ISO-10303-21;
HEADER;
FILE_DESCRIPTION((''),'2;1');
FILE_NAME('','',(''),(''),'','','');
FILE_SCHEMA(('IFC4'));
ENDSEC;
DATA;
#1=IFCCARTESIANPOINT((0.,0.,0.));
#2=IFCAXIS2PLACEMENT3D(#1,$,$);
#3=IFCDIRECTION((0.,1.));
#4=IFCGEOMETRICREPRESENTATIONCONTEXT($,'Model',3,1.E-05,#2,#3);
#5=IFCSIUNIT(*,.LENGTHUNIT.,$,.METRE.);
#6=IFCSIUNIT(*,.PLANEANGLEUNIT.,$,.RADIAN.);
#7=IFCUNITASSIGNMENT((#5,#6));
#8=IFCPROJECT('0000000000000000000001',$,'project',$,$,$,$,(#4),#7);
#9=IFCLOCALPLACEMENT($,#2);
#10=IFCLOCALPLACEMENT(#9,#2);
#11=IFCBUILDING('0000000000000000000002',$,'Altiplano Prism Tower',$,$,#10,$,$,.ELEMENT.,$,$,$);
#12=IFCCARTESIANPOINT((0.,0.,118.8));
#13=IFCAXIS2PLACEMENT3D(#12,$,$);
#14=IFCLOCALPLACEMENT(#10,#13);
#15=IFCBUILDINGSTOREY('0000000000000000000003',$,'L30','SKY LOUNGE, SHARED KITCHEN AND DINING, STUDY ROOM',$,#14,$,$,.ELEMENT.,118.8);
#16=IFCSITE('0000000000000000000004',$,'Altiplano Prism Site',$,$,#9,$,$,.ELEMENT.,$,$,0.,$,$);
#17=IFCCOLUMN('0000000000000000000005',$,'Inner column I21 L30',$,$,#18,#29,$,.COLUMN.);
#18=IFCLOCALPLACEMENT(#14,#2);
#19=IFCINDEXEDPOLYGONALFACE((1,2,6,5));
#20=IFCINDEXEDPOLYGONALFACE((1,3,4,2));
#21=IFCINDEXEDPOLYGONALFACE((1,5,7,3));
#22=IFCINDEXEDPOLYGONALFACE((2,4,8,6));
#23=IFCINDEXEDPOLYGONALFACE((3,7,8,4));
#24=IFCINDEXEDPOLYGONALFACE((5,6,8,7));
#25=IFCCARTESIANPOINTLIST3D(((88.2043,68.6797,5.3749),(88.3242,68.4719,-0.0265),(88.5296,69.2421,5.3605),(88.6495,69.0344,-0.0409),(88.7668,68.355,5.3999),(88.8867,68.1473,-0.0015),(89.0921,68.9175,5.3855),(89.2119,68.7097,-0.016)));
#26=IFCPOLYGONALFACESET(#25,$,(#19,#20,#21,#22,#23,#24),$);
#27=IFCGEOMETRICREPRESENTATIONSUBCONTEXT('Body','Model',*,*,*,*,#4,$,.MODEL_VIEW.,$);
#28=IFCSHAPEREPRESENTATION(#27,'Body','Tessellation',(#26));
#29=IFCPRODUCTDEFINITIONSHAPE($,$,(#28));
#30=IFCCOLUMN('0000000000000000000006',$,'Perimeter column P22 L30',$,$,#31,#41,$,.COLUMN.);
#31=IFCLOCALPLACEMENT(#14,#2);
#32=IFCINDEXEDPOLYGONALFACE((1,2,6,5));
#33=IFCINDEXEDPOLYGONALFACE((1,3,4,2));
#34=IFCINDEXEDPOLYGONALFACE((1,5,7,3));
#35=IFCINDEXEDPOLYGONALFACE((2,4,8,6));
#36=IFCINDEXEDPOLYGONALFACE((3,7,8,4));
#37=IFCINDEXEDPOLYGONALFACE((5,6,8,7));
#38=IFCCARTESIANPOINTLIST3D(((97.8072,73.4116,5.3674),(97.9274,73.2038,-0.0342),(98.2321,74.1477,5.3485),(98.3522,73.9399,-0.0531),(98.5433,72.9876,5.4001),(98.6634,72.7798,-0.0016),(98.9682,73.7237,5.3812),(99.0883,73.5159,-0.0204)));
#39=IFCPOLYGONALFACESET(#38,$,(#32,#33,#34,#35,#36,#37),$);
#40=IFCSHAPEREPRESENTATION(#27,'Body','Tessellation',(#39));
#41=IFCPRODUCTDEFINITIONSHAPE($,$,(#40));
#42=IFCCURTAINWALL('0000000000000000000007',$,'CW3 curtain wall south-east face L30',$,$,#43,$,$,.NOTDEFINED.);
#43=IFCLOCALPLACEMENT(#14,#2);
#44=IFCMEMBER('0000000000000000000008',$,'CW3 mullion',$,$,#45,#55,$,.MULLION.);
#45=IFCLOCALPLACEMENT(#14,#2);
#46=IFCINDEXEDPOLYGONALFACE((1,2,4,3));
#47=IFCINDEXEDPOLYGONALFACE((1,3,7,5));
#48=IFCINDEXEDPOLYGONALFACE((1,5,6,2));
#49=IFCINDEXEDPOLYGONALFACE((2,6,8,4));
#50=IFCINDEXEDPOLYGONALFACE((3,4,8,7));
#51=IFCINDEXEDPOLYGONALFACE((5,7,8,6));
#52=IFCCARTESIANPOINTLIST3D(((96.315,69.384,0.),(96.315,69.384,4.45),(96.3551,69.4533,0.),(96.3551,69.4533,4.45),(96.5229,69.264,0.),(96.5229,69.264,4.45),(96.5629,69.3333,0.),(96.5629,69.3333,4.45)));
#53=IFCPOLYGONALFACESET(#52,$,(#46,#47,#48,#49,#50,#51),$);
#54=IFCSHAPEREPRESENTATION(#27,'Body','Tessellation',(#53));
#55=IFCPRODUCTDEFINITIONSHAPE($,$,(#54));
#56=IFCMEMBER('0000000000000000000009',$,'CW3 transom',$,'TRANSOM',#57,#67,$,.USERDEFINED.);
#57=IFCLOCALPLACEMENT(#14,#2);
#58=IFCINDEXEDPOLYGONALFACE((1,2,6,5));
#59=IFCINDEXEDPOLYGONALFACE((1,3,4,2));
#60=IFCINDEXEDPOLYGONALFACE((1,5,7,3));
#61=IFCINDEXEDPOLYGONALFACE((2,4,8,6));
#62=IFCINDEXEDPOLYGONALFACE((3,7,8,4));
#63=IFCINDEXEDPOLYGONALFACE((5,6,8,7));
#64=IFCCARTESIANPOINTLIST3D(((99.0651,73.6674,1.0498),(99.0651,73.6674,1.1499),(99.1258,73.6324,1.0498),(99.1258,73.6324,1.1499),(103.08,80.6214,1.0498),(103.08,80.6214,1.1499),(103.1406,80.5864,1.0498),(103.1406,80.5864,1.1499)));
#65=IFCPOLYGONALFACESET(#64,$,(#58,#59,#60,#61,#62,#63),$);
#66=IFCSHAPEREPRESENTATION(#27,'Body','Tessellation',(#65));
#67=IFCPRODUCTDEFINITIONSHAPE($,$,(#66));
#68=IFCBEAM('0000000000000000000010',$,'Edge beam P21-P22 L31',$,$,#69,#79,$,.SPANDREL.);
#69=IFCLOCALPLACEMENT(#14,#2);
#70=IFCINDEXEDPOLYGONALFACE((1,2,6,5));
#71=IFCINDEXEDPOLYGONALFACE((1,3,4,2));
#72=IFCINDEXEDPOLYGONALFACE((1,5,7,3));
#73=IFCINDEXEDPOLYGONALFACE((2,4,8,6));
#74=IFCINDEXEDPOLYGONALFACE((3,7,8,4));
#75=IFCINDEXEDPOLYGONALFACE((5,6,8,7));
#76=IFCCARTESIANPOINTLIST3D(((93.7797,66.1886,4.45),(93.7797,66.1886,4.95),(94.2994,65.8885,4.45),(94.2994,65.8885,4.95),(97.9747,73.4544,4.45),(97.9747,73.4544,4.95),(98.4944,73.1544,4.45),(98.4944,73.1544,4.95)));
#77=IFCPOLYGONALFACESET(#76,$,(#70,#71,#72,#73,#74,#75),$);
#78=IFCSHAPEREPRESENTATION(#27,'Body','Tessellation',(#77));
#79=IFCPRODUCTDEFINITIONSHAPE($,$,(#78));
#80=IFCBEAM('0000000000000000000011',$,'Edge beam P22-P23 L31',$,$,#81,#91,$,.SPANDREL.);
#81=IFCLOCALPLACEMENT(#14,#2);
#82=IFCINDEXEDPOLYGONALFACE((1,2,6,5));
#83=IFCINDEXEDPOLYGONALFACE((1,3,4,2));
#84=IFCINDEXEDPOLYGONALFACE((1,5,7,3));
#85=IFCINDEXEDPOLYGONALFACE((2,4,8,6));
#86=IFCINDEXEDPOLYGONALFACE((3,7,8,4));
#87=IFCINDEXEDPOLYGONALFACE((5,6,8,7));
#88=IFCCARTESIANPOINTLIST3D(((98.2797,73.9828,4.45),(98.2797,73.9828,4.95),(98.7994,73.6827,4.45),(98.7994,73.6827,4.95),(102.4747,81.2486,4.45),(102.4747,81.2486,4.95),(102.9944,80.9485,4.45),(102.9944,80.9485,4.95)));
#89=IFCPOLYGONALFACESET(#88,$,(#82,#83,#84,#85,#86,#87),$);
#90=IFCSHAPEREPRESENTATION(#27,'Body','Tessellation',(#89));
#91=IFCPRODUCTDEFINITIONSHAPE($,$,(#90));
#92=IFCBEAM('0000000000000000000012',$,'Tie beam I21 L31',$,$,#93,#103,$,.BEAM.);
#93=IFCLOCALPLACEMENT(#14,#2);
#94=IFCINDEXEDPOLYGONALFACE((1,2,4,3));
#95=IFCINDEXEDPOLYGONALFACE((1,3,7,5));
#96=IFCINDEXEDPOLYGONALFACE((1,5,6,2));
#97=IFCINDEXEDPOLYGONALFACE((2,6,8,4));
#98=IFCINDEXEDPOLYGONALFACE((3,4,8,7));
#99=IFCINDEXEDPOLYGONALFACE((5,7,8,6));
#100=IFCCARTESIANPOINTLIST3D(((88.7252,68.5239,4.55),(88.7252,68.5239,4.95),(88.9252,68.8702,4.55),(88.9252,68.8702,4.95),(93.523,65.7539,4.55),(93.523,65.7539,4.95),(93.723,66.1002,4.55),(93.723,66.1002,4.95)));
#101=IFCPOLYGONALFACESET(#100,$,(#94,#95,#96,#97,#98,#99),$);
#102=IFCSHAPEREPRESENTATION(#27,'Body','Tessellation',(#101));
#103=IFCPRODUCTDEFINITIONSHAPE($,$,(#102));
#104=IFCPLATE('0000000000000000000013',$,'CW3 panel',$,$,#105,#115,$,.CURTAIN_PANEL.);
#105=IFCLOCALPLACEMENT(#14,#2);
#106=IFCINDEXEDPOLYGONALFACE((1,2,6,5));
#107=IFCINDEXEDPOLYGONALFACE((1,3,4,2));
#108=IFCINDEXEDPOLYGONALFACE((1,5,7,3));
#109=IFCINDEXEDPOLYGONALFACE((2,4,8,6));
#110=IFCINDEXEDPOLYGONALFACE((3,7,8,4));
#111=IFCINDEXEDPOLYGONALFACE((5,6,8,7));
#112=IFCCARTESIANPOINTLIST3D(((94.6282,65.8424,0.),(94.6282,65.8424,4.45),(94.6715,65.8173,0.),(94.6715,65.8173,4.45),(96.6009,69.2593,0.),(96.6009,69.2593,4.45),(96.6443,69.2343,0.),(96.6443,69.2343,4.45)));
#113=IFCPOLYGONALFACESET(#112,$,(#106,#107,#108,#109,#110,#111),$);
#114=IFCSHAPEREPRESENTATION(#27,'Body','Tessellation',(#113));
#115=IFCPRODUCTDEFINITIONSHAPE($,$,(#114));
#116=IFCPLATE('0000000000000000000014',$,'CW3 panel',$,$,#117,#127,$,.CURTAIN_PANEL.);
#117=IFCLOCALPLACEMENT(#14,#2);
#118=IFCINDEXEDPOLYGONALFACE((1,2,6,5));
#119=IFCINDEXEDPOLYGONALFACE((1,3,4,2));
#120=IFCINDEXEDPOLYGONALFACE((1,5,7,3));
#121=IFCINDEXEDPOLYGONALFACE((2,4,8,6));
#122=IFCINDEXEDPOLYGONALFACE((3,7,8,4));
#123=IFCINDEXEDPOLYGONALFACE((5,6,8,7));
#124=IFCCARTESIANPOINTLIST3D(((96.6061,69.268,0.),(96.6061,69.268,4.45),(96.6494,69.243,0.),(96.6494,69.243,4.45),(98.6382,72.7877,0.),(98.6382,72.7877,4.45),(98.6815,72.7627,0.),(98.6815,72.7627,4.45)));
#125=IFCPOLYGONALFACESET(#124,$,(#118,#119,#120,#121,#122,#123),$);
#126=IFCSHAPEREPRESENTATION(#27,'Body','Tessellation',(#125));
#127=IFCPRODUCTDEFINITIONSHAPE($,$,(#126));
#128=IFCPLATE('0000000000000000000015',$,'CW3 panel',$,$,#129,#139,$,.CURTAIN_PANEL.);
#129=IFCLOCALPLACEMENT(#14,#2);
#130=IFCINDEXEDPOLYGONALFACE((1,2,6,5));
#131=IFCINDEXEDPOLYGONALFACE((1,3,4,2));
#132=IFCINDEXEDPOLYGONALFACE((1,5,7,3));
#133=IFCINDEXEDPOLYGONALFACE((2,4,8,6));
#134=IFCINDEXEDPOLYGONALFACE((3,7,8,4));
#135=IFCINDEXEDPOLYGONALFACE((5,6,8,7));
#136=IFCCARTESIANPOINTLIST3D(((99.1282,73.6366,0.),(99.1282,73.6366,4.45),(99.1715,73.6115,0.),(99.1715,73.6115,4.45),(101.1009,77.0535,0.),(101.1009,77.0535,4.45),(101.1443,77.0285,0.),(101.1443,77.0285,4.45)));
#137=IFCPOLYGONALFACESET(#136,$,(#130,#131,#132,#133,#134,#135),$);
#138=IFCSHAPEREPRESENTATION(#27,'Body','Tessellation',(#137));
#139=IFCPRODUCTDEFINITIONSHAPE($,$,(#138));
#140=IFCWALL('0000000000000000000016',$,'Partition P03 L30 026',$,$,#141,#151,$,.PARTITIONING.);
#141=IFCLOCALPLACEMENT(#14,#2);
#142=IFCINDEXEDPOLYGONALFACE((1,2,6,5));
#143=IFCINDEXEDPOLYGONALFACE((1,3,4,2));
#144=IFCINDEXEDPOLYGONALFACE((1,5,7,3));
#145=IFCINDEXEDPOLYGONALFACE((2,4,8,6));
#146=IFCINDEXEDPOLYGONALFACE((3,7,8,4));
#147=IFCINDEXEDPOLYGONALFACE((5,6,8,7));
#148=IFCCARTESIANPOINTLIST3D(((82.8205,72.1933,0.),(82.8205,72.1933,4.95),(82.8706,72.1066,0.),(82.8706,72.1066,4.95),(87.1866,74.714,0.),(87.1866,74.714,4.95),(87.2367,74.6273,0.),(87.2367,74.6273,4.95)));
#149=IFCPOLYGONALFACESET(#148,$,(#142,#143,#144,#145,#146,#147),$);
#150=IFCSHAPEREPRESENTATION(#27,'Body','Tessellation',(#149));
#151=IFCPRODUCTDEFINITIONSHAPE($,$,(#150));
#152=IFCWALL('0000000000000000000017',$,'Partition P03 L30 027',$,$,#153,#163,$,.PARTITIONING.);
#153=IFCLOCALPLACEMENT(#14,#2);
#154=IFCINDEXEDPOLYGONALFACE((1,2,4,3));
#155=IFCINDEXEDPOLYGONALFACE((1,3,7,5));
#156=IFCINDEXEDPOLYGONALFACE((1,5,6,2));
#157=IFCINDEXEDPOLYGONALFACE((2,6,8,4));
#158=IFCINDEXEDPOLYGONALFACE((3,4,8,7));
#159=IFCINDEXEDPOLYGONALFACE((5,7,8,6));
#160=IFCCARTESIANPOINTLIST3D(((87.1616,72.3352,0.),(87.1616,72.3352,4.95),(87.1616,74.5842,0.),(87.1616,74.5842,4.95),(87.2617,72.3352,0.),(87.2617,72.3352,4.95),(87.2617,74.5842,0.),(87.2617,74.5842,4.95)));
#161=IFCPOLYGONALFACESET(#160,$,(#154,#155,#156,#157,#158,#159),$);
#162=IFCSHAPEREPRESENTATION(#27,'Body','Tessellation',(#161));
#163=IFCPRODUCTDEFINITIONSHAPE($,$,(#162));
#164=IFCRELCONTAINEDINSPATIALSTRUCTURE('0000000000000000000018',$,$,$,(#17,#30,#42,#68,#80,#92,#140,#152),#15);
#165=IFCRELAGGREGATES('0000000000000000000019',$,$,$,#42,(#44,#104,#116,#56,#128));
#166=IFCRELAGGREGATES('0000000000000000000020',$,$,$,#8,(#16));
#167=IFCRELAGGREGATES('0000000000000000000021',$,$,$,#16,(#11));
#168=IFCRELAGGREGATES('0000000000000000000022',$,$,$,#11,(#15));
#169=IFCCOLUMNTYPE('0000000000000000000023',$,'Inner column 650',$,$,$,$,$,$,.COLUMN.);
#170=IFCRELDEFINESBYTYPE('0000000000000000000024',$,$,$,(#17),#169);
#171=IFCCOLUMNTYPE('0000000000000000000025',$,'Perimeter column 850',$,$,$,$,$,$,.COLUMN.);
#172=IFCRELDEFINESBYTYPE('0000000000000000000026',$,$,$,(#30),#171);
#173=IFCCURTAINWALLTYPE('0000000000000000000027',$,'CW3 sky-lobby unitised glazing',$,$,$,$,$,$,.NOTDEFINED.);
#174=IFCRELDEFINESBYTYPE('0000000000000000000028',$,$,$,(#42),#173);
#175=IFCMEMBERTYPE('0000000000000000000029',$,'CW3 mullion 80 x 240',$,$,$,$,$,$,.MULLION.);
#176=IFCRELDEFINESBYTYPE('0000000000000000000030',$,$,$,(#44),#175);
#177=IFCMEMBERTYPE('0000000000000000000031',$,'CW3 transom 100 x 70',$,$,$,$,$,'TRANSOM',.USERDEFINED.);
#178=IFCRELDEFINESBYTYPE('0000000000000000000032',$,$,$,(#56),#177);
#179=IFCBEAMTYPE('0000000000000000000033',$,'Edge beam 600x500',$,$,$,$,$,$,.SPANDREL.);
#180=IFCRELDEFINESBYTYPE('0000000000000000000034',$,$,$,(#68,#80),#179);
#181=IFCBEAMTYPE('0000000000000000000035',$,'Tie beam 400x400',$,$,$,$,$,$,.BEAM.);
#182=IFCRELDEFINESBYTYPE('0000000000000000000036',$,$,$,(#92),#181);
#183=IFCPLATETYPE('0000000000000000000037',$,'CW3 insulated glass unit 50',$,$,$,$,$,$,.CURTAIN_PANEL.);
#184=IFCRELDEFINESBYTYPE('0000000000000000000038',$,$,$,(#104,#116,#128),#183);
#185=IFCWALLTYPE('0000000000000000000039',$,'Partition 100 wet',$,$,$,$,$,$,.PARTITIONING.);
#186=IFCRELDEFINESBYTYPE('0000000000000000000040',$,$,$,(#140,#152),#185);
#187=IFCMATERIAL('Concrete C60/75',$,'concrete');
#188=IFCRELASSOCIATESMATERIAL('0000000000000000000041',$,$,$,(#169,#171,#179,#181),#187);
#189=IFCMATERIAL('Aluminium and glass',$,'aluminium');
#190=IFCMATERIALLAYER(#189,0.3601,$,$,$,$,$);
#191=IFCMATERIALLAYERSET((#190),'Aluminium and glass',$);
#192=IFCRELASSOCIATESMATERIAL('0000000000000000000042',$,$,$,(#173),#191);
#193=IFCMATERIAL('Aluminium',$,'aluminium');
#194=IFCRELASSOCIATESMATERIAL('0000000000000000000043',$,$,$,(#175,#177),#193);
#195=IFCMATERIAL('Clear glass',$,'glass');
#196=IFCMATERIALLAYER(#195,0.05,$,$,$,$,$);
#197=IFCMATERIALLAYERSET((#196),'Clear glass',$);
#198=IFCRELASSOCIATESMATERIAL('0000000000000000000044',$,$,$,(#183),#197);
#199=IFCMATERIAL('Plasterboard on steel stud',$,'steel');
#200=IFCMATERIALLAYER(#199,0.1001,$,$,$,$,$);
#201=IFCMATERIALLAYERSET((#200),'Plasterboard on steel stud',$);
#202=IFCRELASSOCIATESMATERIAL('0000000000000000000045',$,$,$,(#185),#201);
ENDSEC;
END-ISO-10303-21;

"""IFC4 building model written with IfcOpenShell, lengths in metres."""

from ifc_helpers import new_model, si_unit, direction, frame, frame_2d, origin, origin_2d, place, context, subcontext, project, spatial, rectangle, extrude, material, layer, layer_set, material_profile, profile_set, type_object, element, aggregate, save


model = new_model("IFC4")

# Units and contexts
model_context = context("Model", 3, precision=1e-05, world=origin(), true_north=direction((0.0, 1.0)))
body_context = subcontext(model_context, "Body", "Model", "MODEL_VIEW")
ifc_project = project(units=[si_unit("LENGTHUNIT", "METRE"), si_unit("PLANEANGLEUNIT", "RADIAN")], contexts=[model_context])

# Site, building, storey
site_placement = place(None, origin())
site = spatial("IfcSite", under=ifc_project, at=site_placement, Name="Altiplano Prism Site", CompositionType="ELEMENT", RefElevation=0.0)
building_placement = place(site_placement, origin())
building = spatial("IfcBuilding", under=site, at=building_placement, Name="Altiplano Prism Tower", CompositionType="ELEMENT")
storey_placement = place(building_placement, frame((0.0, 0.0, 118.8)))
storey = spatial("IfcBuildingStorey", under=building, at=storey_placement, Name="L30", Description="SKY LOUNGE, SHARED KITCHEN AND DINING, STUDY ROOM", CompositionType="ELEMENT", Elevation=118.8)

# Columns
ifc_material_1 = material(Name="Concrete C60/75", Category="concrete")
ifc_material_profile_1 = material_profile(ifc_material_1, rectangle(XDim=0.6499, YDim=0.6499, at=origin_2d()), Name="Inner column 650")
ifc_profile_set_1 = profile_set([ifc_material_profile_1], Name="Concrete C60/75")
column_type_1 = type_object("IfcColumnType", Name="Inner column 650", PredefinedType="COLUMN", material=ifc_profile_set_1)
column_1_placement = place(storey_placement, frame((88.7681, 68.5908, -0.0212), z_axis=(-0.022171, 0.038427, 0.999015), x_axis=(-0.500496, -0.865455, 0.022182)))
element("IfcColumn", 1, at=column_1_placement, inside=storey, type_object=column_type_1, Name="Inner column I21 L30", PredefinedType="COLUMN", context=body_context, shape_type="SweptSolid", body=[
    extrude(rectangle(XDim=0.6499, YDim=0.6499, at=origin_2d()), origin(), (0.0, 0.0, 1.0), 5.4067),
])
ifc_material_profile_2 = material_profile(ifc_material_1, rectangle(XDim=0.8501, YDim=0.8501, at=origin_2d()), Name="Perimeter column 850")
ifc_profile_set_2 = profile_set([ifc_material_profile_2], Name="Concrete C60/75")
column_type_2 = type_object("IfcColumnType", Name="Perimeter column 850", PredefinedType="COLUMN", material=ifc_profile_set_2)
column_2_placement = place(storey_placement, frame((98.5078, 73.3599, -0.0273), z_axis=(-0.022215, 0.038425, 0.999014), x_axis=(-0.499734, -0.865895, 0.022192)))
element("IfcColumn", 2, at=column_2_placement, inside=storey, type_object=column_type_2, Name="Perimeter column P22 L30", PredefinedType="COLUMN", context=body_context, shape_type="SweptSolid", body=[
    extrude(rectangle(XDim=0.8501, YDim=0.8501, at=origin_2d()), origin(), (0.0, 0.0, 1.0), 5.407),
])

# Curtain wall, members
ifc_material_2 = material(Name="Aluminium and glass", Category="aluminium")
ifc_layer_1 = layer(ifc_material_2, 0.3601)
ifc_layer_set_1 = layer_set([ifc_layer_1], Name="Aluminium and glass")
curtain_wall_type = type_object("IfcCurtainWallType", Name="CW3 sky-lobby unitised glazing", PredefinedType="NOTDEFINED", material=ifc_layer_set_1)
curtain_wall_placement = place(storey_placement, origin())
curtain_wall = element("IfcCurtainWall", 3, at=curtain_wall_placement, inside=storey, type_object=curtain_wall_type, Name="CW3 curtain wall south-east face L30", PredefinedType="NOTDEFINED")
ifc_material_3 = material(Name="Aluminium", Category="aluminium")
ifc_material_profile_3 = material_profile(ifc_material_3, rectangle(XDim=0.24, YDim=0.0801, at=origin_2d()), Name="CW3 mullion 80 x 240")
ifc_profile_set_3 = profile_set([ifc_material_profile_3], Name="Aluminium")
member_type_1 = type_object("IfcMemberType", Name="CW3 mullion 80 x 240", PredefinedType="MULLION", material=ifc_profile_set_3)
member_1_placement = place(storey_placement, frame((96.439, 69.3586, 0.0), z_axis=(0.0, 0.0, 1.0), x_axis=(-0.866025, 0.5, 0.0)))
member_1 = element("IfcMember", 4, at=member_1_placement, type_object=member_type_1, Name="CW3 mullion", PredefinedType="MULLION", context=body_context, shape_type="SweptSolid", body=[
    extrude(rectangle(XDim=0.24, YDim=0.0801, at=origin_2d()), origin(), (0.0, 0.0, 1.0), 4.45),
])
ifc_material_profile_4 = material_profile(ifc_material_3, rectangle(XDim=0.0701, YDim=0.1001, at=origin_2d()), Name="CW3 transom 100 x 70")
ifc_profile_set_4 = profile_set([ifc_material_profile_4], Name="Aluminium")
member_type_2 = type_object("IfcMemberType", Name="CW3 transom 100 x 70", ElementType="TRANSOM", PredefinedType="USERDEFINED", material=ifc_profile_set_4)
member_2_placement = place(storey_placement, frame((99.0955, 73.6499, 1.0999), z_axis=(0.499994, 0.866029, 0.0), x_axis=(-0.866029, 0.499994, 0.0)))
member_2 = element("IfcMember", 5, at=member_2_placement, type_object=member_type_2, Name="CW3 transom", ObjectType="TRANSOM", PredefinedType="USERDEFINED", context=body_context, shape_type="SweptSolid", body=[
    extrude(rectangle(XDim=0.0701, YDim=0.1001, at=origin_2d()), origin(), (0.0, 0.0, 1.0), 8.0298),
])

# Beams
ifc_material_profile_5 = material_profile(ifc_material_1, rectangle(XDim=0.6001, YDim=0.5, at=origin_2d()), Name="Edge beam 600x500")
ifc_profile_set_5 = profile_set([ifc_material_profile_5], Name="Concrete C60/75")
beam_type_1 = type_object("IfcBeamType", Name="Edge beam 600x500", PredefinedType="SPANDREL", material=ifc_profile_set_5)
for number, where, z_axis, x_axis, name in (
    (6, (94.0396, 66.0386, 4.7), (0.50001, 0.866019, 0.0), (-0.866019, 0.50001, 0.0), "Edge beam P21-P22 L31"),
    (7, (98.5396, 73.8328, 4.7), (0.50001, 0.866019, 0.0), (-0.866019, 0.50001, 0.0), "Edge beam P22-P23 L31"),
):
    element("IfcBeam", number, at=place(storey_placement, frame(where, z_axis=z_axis, x_axis=x_axis)), inside=storey, type_object=beam_type_1, Name=name, PredefinedType="SPANDREL", context=body_context, shape_type="SweptSolid", body=[
        extrude(rectangle(XDim=0.6001, YDim=0.5, at=origin_2d()), origin(), (0.0, 0.0, 1.0), 8.3899),
    ])
ifc_material_profile_6 = material_profile(ifc_material_1, rectangle(XDim=0.3999, YDim=0.3999, at=origin_2d()), Name="Tie beam 400x400")
ifc_profile_set_6 = profile_set([ifc_material_profile_6], Name="Concrete C60/75")
beam_type_2 = type_object("IfcBeamType", Name="Tie beam 400x400", PredefinedType="BEAM", material=ifc_profile_set_6)
beam_placement = place(storey_placement, frame((88.8252, 68.697, 4.75), z_axis=(0.866027, -0.499997, 0.0), x_axis=(0.499997, 0.866027, 0.0)))
element("IfcBeam", 8, at=beam_placement, inside=storey, type_object=beam_type_2, Name="Tie beam I21 L31", PredefinedType="BEAM", context=body_context, shape_type="SweptSolid", body=[
    extrude(rectangle(XDim=0.3999, YDim=0.3999, at=origin_2d()), origin(), (0.0, 0.0, 1.0), 5.54),
])

# Plates
ifc_material_4 = material(Name="Clear glass", Category="glass")
ifc_layer_2 = layer(ifc_material_4, 0.05)
ifc_layer_set_2 = layer_set([ifc_layer_2], Name="Clear glass")
plate_type = type_object("IfcPlateType", Name="CW3 insulated glass unit 50", PredefinedType="CURTAIN_PANEL", material=ifc_layer_set_2)
plate_1_placement = place(storey_placement, frame((95.6362, 67.5383, 0.0), z_axis=(0.0, 0.0, 1.0), x_axis=(0.5, 0.866025, 0.0)))
plate_1 = element("IfcPlate", 9, at=plate_1_placement, type_object=plate_type, Name="CW3 panel", PredefinedType="CURTAIN_PANEL", context=body_context, shape_type="SweptSolid", body=[
    extrude(rectangle(XDim=3.9456, YDim=0.05, at=origin_2d()), origin(), (0.0, 0.0, 1.0), 4.45),
])
plate_2_placement = place(storey_placement, frame((97.6438, 71.0154, 0.0), z_axis=(0.0, 0.0, 1.0), x_axis=(0.5, 0.866025, 0.0)))
plate_2 = element("IfcPlate", 10, at=plate_2_placement, type_object=plate_type, Name="CW3 panel", PredefinedType="CURTAIN_PANEL", context=body_context, shape_type="SweptSolid", body=[
    extrude(rectangle(XDim=4.0642, YDim=0.05, at=origin_2d()), origin(), (0.0, 0.0, 1.0), 4.45),
])
plate_3_placement = place(storey_placement, frame((100.1362, 75.3325, 0.0), z_axis=(0.0, 0.0, 1.0), x_axis=(0.5, 0.866025, 0.0)))
plate_3 = element("IfcPlate", 11, at=plate_3_placement, type_object=plate_type, Name="CW3 panel", PredefinedType="CURTAIN_PANEL", context=body_context, shape_type="SweptSolid", body=[
    extrude(rectangle(XDim=3.9456, YDim=0.05, at=origin_2d()), origin(), (0.0, 0.0, 1.0), 4.45),
])
aggregate(curtain_wall, [member_1, plate_1, plate_2, member_2, plate_3])

# Walls
ifc_material_5 = material(Name="Plasterboard on steel stud", Category="steel")
ifc_layer_3 = layer(ifc_material_5, 0.1001)
ifc_layer_set_3 = layer_set([ifc_layer_3], Name="Plasterboard on steel stud")
wall_type_1 = type_object("IfcWallType", Name="Partition 100 wet", PredefinedType="PARTITIONING", material=ifc_layer_set_3)
wall_1_placement = place(storey_placement, frame((87.2117, 74.6707, 0.0), z_axis=(0.0, 0.0, 1.0), x_axis=(-0.866032, -0.499988, 0.0)))
element("IfcWall", 12, at=wall_1_placement, inside=storey, type_object=wall_type_1, Name="Partition P03 L30 026", PredefinedType="PARTITIONING", context=body_context, shape_type="SweptSolid", body=[
    extrude(rectangle(XDim=5.0415, YDim=0.1001, at=frame_2d((2.5208, 0.0))), origin(), (0.0, 0.0, 1.0), 4.95),
])
wall_2_placement = place(storey_placement, frame((87.2117, 72.3352, 0.0), z_axis=(0.0, 0.0, 1.0), x_axis=(0.0, 1.0, 0.0)))
element("IfcWall", 13, at=wall_2_placement, inside=storey, type_object=wall_type_1, Name="Partition P03 L30 027", PredefinedType="PARTITIONING", context=body_context, shape_type="SweptSolid", body=[
    extrude(rectangle(XDim=2.249, YDim=0.1001, at=frame_2d((1.1245, 0.0))), origin(), (0.0, 0.0, 1.0), 4.95),
])

save(model, "model.ifc")
